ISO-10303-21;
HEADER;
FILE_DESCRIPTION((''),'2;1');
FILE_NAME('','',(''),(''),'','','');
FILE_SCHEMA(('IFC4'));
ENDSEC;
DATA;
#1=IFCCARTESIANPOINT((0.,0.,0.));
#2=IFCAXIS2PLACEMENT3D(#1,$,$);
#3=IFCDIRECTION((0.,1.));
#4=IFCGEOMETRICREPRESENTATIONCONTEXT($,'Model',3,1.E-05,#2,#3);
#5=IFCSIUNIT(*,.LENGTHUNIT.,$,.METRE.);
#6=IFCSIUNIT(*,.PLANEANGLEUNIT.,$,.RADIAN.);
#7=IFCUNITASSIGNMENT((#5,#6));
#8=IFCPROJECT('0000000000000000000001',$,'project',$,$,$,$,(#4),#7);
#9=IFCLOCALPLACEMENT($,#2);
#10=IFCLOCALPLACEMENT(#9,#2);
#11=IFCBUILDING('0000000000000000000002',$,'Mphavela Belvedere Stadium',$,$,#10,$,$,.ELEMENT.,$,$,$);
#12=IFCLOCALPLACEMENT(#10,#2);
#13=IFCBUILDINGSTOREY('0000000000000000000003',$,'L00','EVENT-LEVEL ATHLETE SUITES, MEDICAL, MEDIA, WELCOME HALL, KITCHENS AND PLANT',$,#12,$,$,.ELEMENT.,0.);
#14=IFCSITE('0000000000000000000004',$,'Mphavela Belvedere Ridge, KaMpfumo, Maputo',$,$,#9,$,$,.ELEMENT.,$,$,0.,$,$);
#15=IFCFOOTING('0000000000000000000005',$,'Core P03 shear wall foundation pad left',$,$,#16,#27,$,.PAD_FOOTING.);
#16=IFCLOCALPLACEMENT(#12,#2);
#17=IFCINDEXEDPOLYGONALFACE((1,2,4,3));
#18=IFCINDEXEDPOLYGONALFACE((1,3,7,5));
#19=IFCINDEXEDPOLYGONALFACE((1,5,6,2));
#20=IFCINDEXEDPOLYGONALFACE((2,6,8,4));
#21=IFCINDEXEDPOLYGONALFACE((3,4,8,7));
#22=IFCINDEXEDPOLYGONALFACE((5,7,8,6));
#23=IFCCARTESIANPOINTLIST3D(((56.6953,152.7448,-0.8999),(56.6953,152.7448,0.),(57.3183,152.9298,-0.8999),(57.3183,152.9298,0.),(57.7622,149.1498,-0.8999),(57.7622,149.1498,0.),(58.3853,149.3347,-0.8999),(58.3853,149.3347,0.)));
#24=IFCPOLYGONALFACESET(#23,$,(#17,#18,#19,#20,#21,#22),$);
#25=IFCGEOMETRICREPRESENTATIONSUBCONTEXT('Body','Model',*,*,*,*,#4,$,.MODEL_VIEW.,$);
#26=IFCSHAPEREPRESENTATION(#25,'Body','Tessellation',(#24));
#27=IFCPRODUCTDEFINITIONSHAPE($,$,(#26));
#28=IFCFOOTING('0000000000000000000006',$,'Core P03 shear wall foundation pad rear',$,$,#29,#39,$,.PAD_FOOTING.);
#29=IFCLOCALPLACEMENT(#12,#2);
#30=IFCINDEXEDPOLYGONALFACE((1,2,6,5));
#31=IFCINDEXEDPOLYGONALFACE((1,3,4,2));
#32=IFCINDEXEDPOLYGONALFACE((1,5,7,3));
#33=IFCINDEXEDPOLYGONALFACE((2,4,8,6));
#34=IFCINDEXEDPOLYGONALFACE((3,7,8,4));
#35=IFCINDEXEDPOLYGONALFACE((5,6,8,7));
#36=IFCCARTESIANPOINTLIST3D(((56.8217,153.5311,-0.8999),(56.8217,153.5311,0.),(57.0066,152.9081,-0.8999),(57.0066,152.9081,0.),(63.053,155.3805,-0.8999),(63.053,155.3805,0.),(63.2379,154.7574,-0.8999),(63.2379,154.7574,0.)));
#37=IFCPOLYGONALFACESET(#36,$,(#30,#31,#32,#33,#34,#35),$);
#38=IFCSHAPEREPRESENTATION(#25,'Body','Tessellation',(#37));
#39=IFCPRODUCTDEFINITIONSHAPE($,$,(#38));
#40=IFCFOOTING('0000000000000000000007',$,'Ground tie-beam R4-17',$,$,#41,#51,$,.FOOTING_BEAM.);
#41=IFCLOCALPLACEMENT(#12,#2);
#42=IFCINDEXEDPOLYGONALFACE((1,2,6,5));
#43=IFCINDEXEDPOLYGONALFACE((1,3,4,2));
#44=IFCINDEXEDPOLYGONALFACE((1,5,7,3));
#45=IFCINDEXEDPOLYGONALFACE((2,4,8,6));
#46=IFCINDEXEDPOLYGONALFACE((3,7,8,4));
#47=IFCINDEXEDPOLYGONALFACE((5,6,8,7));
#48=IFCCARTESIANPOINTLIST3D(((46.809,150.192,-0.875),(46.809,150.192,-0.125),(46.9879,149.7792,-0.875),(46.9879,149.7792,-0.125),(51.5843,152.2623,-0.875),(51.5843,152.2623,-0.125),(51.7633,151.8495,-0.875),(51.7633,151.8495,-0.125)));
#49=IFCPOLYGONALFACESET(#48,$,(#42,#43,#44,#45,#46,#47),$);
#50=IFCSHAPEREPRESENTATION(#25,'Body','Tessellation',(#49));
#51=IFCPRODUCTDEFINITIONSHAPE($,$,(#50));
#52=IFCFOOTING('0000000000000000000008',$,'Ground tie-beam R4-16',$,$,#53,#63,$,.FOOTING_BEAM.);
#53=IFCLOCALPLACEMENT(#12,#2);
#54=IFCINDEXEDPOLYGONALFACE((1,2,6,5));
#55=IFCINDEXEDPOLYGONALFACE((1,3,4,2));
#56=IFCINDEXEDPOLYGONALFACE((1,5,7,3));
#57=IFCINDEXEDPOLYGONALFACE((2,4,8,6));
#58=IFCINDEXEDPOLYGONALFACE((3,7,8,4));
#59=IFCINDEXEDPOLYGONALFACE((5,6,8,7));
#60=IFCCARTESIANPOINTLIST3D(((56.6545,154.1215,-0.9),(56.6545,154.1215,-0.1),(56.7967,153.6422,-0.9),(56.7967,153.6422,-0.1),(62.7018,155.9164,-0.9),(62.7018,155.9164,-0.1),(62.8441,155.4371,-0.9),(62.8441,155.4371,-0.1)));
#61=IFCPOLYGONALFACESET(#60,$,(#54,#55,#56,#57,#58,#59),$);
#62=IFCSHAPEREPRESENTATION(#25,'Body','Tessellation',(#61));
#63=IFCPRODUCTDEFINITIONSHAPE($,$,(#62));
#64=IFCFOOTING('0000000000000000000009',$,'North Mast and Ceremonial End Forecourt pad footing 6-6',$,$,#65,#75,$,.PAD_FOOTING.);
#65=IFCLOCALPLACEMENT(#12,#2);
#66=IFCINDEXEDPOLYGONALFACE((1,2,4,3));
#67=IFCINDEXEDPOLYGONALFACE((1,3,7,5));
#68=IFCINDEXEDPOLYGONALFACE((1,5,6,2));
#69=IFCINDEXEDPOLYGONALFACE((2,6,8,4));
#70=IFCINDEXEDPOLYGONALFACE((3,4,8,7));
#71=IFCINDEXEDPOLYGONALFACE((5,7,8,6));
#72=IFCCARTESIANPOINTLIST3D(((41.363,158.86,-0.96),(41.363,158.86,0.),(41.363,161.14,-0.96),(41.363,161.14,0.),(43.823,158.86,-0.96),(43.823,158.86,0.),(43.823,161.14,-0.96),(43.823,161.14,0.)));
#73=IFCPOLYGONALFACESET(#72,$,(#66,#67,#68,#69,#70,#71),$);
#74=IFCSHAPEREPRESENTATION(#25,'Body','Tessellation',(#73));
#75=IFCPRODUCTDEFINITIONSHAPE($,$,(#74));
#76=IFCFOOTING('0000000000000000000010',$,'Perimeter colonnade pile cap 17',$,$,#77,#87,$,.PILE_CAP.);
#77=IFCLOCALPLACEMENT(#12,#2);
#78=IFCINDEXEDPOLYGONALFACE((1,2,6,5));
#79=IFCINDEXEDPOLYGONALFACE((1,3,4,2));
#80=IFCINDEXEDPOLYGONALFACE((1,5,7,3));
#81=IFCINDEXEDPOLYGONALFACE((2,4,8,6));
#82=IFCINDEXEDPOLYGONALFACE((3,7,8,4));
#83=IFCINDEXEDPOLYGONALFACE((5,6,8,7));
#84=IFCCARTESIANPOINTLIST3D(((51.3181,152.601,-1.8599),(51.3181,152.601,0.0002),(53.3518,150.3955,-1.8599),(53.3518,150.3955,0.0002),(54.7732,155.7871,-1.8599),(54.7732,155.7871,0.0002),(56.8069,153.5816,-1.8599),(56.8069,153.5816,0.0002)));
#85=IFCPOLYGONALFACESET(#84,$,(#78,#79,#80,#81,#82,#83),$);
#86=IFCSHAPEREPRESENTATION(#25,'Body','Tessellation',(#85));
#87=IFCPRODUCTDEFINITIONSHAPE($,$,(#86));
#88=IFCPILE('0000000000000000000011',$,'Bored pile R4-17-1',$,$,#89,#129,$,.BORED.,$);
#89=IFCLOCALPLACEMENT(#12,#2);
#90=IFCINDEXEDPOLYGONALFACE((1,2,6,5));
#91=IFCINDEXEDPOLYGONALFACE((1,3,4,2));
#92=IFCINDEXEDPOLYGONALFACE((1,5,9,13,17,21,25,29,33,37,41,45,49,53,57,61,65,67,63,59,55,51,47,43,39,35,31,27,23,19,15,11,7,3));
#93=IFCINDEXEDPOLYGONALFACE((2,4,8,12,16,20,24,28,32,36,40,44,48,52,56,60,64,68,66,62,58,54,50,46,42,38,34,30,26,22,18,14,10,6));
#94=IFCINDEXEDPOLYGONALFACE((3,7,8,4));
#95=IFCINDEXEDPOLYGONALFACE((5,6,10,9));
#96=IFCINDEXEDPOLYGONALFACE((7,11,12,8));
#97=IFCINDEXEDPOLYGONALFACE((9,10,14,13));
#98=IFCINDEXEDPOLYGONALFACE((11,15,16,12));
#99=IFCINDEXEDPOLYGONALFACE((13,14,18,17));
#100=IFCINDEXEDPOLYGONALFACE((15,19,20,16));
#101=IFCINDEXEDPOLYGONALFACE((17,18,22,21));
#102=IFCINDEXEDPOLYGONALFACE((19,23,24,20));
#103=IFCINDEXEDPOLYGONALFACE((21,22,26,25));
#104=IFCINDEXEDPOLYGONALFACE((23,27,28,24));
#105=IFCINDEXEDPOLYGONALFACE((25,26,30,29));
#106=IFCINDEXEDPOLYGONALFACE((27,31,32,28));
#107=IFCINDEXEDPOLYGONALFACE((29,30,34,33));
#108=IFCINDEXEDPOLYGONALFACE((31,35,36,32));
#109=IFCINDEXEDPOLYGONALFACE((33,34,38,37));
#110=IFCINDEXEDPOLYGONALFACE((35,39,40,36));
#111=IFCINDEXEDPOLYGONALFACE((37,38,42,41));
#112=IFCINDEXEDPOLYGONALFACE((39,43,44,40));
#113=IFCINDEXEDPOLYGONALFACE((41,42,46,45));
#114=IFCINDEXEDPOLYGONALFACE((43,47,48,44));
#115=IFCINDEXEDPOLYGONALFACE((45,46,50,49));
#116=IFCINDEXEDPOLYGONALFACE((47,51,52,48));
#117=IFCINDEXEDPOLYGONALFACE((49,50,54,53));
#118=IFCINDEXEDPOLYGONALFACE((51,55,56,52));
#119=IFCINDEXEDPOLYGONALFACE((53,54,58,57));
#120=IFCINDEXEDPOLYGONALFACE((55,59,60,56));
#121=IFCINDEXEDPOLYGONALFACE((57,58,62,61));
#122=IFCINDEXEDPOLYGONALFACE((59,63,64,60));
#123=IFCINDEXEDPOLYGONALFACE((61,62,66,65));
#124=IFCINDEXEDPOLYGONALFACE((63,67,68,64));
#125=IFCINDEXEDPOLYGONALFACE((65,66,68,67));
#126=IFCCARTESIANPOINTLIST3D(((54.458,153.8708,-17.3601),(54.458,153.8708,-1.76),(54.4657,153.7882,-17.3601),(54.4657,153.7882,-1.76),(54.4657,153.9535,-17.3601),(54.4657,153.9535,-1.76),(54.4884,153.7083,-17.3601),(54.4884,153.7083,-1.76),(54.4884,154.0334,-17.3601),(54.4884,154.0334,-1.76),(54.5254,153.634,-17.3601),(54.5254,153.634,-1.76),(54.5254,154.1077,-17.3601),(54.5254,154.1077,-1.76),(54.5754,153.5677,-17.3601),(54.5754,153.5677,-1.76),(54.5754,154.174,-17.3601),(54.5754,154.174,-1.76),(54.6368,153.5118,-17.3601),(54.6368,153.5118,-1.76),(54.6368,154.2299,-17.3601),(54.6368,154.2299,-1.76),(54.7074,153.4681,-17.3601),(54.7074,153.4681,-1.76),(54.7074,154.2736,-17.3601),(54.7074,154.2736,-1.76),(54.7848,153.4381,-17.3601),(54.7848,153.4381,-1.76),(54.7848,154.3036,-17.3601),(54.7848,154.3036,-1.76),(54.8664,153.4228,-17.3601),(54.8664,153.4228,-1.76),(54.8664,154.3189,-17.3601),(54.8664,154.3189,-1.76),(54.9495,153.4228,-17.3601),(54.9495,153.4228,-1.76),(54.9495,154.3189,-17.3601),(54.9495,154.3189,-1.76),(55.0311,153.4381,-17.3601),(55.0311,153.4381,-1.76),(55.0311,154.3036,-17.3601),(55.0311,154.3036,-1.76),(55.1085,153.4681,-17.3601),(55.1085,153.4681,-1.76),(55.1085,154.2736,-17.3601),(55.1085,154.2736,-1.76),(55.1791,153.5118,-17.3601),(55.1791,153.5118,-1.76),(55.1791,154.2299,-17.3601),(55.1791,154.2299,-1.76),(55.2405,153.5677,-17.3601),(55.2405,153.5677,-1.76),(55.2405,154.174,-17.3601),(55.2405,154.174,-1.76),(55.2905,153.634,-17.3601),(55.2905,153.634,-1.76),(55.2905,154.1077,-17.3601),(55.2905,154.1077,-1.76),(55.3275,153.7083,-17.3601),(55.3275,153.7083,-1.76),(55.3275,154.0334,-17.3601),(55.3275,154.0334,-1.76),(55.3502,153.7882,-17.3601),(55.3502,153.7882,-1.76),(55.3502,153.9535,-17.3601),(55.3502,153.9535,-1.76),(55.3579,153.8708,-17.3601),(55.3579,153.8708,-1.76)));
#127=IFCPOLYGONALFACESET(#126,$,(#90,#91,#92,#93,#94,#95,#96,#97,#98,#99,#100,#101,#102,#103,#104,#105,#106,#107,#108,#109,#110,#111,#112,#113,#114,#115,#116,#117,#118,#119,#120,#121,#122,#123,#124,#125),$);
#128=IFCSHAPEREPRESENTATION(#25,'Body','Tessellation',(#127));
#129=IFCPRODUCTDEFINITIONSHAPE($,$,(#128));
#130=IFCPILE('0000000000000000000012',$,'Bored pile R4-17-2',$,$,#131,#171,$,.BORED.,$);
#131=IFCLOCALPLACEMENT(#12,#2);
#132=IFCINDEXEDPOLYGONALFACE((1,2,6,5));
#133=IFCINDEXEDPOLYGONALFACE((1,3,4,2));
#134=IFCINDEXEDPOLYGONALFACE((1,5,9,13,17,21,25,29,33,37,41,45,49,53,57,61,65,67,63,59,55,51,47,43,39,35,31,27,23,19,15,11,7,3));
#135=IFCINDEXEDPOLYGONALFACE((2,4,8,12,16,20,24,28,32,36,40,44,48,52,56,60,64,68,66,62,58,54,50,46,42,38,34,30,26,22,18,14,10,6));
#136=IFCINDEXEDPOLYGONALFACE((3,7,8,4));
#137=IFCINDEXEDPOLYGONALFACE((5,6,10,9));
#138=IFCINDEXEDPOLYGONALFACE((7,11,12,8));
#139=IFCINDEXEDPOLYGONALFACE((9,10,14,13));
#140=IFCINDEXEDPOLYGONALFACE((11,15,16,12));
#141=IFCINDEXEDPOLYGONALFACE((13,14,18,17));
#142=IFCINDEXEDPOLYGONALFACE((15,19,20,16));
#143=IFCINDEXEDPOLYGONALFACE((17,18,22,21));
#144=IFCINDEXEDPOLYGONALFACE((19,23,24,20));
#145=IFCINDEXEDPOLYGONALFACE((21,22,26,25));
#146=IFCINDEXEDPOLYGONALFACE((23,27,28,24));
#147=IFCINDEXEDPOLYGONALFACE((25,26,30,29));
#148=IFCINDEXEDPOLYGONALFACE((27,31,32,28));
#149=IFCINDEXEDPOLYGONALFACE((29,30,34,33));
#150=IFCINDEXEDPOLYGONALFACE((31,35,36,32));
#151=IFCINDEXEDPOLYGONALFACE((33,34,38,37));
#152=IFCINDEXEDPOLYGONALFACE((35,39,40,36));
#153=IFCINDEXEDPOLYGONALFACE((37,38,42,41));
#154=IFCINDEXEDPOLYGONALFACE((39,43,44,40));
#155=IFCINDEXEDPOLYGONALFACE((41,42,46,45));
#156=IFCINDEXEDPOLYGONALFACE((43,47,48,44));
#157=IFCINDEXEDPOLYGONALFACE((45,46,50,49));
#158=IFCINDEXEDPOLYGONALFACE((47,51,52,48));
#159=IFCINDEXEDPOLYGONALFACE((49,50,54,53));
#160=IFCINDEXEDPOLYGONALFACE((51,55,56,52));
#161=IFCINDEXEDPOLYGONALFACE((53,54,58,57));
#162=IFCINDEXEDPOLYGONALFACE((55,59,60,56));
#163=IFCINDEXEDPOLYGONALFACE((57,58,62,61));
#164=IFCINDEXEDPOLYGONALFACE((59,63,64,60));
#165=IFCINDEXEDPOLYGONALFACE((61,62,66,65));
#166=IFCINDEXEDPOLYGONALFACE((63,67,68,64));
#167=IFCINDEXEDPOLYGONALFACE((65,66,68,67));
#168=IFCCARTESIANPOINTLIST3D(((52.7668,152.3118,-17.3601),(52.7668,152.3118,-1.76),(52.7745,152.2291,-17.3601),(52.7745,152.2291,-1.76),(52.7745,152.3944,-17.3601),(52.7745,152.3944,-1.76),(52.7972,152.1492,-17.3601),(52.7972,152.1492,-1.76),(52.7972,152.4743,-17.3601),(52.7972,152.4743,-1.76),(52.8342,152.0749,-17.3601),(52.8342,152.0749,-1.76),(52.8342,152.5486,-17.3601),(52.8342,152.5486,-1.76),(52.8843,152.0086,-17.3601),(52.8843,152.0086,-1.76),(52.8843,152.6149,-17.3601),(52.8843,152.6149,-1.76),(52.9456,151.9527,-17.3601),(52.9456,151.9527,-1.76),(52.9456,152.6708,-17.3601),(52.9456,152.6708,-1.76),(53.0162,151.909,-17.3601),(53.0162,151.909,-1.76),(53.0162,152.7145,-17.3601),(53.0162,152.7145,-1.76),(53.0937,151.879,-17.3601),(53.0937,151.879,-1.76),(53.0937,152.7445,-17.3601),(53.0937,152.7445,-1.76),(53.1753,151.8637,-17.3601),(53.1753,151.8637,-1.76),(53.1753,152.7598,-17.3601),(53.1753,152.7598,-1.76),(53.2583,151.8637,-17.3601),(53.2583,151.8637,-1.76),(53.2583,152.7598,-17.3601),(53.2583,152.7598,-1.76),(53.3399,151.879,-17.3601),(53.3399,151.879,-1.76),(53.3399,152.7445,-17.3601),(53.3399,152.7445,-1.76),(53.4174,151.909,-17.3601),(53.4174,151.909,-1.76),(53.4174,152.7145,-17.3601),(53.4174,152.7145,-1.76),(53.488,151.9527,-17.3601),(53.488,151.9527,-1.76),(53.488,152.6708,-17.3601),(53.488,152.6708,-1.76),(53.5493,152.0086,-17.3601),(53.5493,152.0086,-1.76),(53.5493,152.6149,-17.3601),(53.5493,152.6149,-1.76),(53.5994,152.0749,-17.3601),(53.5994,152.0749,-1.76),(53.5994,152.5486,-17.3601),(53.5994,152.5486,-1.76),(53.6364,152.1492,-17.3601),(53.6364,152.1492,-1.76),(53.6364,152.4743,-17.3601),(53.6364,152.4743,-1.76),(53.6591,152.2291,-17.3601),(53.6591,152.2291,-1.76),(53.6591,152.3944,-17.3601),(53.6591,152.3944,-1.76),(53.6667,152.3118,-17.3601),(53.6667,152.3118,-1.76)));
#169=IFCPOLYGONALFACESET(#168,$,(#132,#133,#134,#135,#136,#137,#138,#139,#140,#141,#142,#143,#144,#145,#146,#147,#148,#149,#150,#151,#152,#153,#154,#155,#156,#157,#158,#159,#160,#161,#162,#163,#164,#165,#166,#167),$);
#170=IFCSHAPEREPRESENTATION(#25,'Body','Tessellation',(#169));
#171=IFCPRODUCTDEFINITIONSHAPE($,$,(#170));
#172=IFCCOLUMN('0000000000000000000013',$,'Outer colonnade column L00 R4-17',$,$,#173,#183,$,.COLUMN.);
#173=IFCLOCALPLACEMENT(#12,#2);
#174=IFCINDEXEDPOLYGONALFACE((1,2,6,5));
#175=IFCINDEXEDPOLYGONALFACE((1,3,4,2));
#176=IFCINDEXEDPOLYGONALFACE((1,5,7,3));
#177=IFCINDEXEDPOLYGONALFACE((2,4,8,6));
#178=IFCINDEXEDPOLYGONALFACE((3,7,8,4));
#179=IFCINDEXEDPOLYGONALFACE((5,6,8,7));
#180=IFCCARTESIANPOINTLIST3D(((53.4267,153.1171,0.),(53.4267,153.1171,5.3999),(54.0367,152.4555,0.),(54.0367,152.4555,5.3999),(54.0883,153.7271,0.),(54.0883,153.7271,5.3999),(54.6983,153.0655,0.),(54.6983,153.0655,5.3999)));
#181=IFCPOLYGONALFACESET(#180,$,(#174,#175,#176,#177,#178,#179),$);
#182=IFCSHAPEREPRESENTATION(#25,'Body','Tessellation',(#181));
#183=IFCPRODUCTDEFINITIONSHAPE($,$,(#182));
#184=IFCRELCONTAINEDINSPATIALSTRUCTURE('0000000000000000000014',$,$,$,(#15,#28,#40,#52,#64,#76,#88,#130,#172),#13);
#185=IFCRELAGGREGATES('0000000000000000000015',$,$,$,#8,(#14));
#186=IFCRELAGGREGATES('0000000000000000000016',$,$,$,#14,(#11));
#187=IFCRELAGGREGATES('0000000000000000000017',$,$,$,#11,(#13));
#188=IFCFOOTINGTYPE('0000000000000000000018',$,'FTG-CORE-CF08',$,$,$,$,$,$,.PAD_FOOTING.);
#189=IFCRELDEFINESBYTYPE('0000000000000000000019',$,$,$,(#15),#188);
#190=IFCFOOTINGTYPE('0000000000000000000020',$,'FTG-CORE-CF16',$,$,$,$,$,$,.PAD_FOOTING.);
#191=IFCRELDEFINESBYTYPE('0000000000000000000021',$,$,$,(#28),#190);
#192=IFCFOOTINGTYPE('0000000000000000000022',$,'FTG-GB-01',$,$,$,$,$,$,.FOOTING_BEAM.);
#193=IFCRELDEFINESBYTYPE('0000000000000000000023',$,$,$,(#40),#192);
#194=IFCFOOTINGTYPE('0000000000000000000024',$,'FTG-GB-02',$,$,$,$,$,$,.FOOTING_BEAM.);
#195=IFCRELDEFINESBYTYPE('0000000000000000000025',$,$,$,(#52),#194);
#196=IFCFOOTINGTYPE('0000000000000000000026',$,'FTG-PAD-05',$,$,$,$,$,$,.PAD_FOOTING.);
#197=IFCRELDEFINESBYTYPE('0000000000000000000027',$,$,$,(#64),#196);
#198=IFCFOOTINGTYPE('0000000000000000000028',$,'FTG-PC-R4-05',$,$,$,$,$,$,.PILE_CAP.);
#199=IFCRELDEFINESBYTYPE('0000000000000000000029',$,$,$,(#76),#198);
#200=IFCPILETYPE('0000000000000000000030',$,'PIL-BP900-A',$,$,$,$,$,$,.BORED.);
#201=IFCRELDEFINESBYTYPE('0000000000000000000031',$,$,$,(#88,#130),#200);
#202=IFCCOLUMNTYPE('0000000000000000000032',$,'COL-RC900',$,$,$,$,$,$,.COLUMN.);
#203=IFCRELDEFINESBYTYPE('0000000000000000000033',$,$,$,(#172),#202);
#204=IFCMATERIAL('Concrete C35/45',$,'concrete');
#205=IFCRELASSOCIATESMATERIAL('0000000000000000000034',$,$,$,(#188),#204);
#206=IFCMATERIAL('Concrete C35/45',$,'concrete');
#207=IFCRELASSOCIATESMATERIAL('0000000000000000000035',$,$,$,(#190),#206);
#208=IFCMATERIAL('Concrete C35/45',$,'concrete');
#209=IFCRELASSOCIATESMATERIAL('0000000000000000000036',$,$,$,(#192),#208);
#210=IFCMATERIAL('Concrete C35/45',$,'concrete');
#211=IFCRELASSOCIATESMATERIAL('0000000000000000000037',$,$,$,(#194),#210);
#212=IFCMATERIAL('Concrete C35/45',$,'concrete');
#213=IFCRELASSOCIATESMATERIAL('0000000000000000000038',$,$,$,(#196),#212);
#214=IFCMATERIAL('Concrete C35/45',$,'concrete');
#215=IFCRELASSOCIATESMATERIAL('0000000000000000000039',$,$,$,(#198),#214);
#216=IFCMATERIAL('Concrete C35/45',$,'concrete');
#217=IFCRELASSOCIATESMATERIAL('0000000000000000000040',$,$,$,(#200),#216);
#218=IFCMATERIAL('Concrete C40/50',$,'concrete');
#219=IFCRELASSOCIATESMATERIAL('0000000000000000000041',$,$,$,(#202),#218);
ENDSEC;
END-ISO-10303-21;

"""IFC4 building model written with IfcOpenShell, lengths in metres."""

from ifc_helpers import new_model, si_unit, direction, frame, origin, origin_2d, place, context, subcontext, project, spatial, rectangle, circle, extrude, material, material_profile, profile_set, type_object, element, save


model = new_model("IFC4")

# Units and contexts
model_context = context("Model", 3, precision=1e-05, world=origin(), true_north=direction((0.0, 1.0)))
body_context = subcontext(model_context, "Body", "Model", "MODEL_VIEW")
ifc_project = project(units=[si_unit("LENGTHUNIT", "METRE"), si_unit("PLANEANGLEUNIT", "RADIAN")], contexts=[model_context])

# Site, building, storey
site_placement = place(None, origin())
site = spatial("IfcSite", under=ifc_project, at=site_placement, Name="Mphavela Belvedere Ridge, KaMpfumo, Maputo", CompositionType="ELEMENT", RefElevation=0.0)
building_placement = place(site_placement, origin())
building = spatial("IfcBuilding", under=site, at=building_placement, Name="Mphavela Belvedere Stadium", CompositionType="ELEMENT")
storey_placement = place(building_placement, origin())
storey = spatial("IfcBuildingStorey", under=building, at=storey_placement, Name="L00", Description="EVENT-LEVEL ATHLETE SUITES, MEDICAL, MEDIA, WELCOME HALL, KITCHENS AND PLANT", CompositionType="ELEMENT", Elevation=0.0)

# Footings
ifc_material_1 = material(Name="Concrete C35/45", Category="concrete")
footing_type_1 = type_object("IfcFootingType", Name="FTG-CORE-CF08", PredefinedType="PAD_FOOTING", material=ifc_material_1)
footing_1_placement = place(storey_placement, frame((57.5403, 151.0398, -0.8999), z_axis=(0.0, 0.0, 1.0), x_axis=(-0.284517, 0.958671, 0.0)))
element("IfcFooting", 1, at=footing_1_placement, inside=storey, type_object=footing_type_1, Name="Core P03 shear wall foundation pad left", PredefinedType="PAD_FOOTING", context=body_context, shape_type="SweptSolid", body=[
    extrude(rectangle(XDim=3.75, YDim=0.6499, at=origin_2d()), origin(), (0.0, 0.0, 1.0), 0.8999),
])
ifc_material_2 = material(Name="Concrete C35/45", Category="concrete")
footing_type_2 = type_object("IfcFootingType", Name="FTG-CORE-CF16", PredefinedType="PAD_FOOTING", material=ifc_material_2)
footing_2_placement = place(storey_placement, frame((60.0298, 154.1443, -0.8999), z_axis=(0.0, 0.0, 1.0), x_axis=(0.958671, 0.284517, 0.0)))
element("IfcFooting", 2, at=footing_2_placement, inside=storey, type_object=footing_type_2, Name="Core P03 shear wall foundation pad rear", PredefinedType="PAD_FOOTING", context=body_context, shape_type="SweptSolid", body=[
    extrude(rectangle(XDim=6.5, YDim=0.6499, at=origin_2d()), origin(), (0.0, 0.0, 1.0), 0.8999),
])
ifc_material_3 = material(Name="Concrete C35/45", Category="concrete")
ifc_material_profile_1 = material_profile(ifc_material_3, rectangle(XDim=0.45, YDim=0.75, at=origin_2d()), Name="GB 450x750")
ifc_profile_set_1 = profile_set([ifc_material_profile_1], Name="Concrete C35/45")
footing_type_3 = type_object("IfcFootingType", Name="FTG-GB-01", PredefinedType="FOOTING_BEAM", material=ifc_profile_set_1)
footing_3_placement = place(storey_placement, frame((51.6738, 152.0559, -0.5), z_axis=(-0.917487, -0.397765, 0.0), x_axis=(0.397765, -0.917487, 0.0)))
element("IfcFooting", 3, at=footing_3_placement, inside=storey, type_object=footing_type_3, Name="Ground tie-beam R4-17", PredefinedType="FOOTING_BEAM", context=body_context, shape_type="SweptSolid", body=[
    extrude(rectangle(XDim=0.45, YDim=0.75, at=origin_2d()), origin(), (0.0, 0.0, 1.0), 5.2048),
])
ifc_material_4 = material(Name="Concrete C35/45", Category="concrete")
ifc_material_profile_2 = material_profile(ifc_material_4, rectangle(XDim=0.5, YDim=0.8, at=origin_2d()), Name="GB 500x800")
ifc_profile_set_2 = profile_set([ifc_material_profile_2], Name="Concrete C35/45")
footing_type_4 = type_object("IfcFootingType", Name="FTG-GB-02", PredefinedType="FOOTING_BEAM", material=ifc_profile_set_2)
footing_4_placement = place(storey_placement, frame((62.7729, 155.6768, -0.5), z_axis=(-0.958664, -0.284542, 0.0), x_axis=(0.284542, -0.958664, 0.0)))
element("IfcFooting", 4, at=footing_4_placement, inside=storey, type_object=footing_type_4, Name="Ground tie-beam R4-16", PredefinedType="FOOTING_BEAM", context=body_context, shape_type="SweptSolid", body=[
    extrude(rectangle(XDim=0.5, YDim=0.8, at=origin_2d()), origin(), (0.0, 0.0, 1.0), 6.3081),
])
ifc_material_5 = material(Name="Concrete C35/45", Category="concrete")
footing_type_5 = type_object("IfcFootingType", Name="FTG-PAD-05", PredefinedType="PAD_FOOTING", material=ifc_material_5)
footing_5_placement = place(storey_placement, frame((42.593, 160.0, -0.96), z_axis=(0.0, 0.0, 1.0), x_axis=(1.0, 0.0, 0.0)))
element("IfcFooting", 5, at=footing_5_placement, inside=storey, type_object=footing_type_5, Name="North Mast and Ceremonial End Forecourt pad footing 6-6", PredefinedType="PAD_FOOTING", context=body_context, shape_type="SweptSolid", body=[
    extrude(rectangle(XDim=2.46, YDim=2.28, at=origin_2d()), origin(), (0.0, 0.0, 1.0), 0.96),
])
ifc_material_6 = material(Name="Concrete C35/45", Category="concrete")
footing_type_6 = type_object("IfcFootingType", Name="FTG-PC-R4-05", PredefinedType="PILE_CAP", material=ifc_material_6)
footing_6_placement = place(storey_placement, frame((54.0625, 153.0913, -1.8599), z_axis=(0.0, 0.0, 1.0), x_axis=(-0.735151, -0.677903, 0.0)))
element("IfcFooting", 6, at=footing_6_placement, inside=storey, type_object=footing_type_6, Name="Perimeter colonnade pile cap 17", PredefinedType="PILE_CAP", context=body_context, shape_type="SweptSolid", body=[
    extrude(rectangle(XDim=4.7, YDim=3.0, at=origin_2d()), origin(), (0.0, 0.0, 1.0), 1.8601),
])

# Piles
ifc_material_7 = material(Name="Concrete C35/45", Category="concrete")
ifc_material_profile_3 = material_profile(ifc_material_7, circle(Radius=0.45, at=origin_2d()), Name="BP D900")
ifc_profile_set_3 = profile_set([ifc_material_profile_3], Name="Concrete C35/45")
pile_type = type_object("IfcPileType", Name="PIL-BP900-A", PredefinedType="BORED", material=ifc_profile_set_3)
for number, where, z_axis, x_axis, name in (
    (7, (54.908, 153.8708, -1.76), (0.0, 0.0, -1.0), (1.0, 0.0, 0.0), "Bored pile R4-17-1"),
    (8, (53.2168, 152.3118, -1.76), (0.0, 0.0, -1.0), (1.0, 0.0, 0.0), "Bored pile R4-17-2"),
):
    element("IfcPile", number, at=place(storey_placement, frame(where, z_axis=z_axis, x_axis=x_axis)), inside=storey, type_object=pile_type, Name=name, PredefinedType="BORED", context=body_context, shape_type="SweptSolid", body=[
        extrude(circle(Radius=0.45, at=origin_2d()), origin(), (0.0, 0.0, 1.0), 15.6001),
    ])

# Column
ifc_material_8 = material(Name="Concrete C40/50", Category="concrete")
ifc_material_profile_4 = material_profile(ifc_material_8, rectangle(XDim=0.8999, YDim=0.8999, at=origin_2d()), Name="RC 900x900")
ifc_profile_set_4 = profile_set([ifc_material_profile_4], Name="Concrete C40/50")
column_type_1 = type_object("IfcColumnType", Name="COL-RC900", PredefinedType="COLUMN", material=ifc_profile_set_4)
column_1_placement = place(storey_placement, frame((54.0625, 153.0913, 0.0), z_axis=(0.0, 0.0, 1.0), x_axis=(-0.677903, 0.735151, 0.0)))
element("IfcColumn", 9, at=column_1_placement, inside=storey, type_object=column_type_1, Name="Outer colonnade column L00 R4-17", PredefinedType="COLUMN", context=body_context, shape_type="SweptSolid", body=[
    extrude(rectangle(XDim=0.8999, YDim=0.8999, at=origin_2d()), origin(), (0.0, 0.0, 1.0), 5.3999),
])

save(model, "model.ifc")
